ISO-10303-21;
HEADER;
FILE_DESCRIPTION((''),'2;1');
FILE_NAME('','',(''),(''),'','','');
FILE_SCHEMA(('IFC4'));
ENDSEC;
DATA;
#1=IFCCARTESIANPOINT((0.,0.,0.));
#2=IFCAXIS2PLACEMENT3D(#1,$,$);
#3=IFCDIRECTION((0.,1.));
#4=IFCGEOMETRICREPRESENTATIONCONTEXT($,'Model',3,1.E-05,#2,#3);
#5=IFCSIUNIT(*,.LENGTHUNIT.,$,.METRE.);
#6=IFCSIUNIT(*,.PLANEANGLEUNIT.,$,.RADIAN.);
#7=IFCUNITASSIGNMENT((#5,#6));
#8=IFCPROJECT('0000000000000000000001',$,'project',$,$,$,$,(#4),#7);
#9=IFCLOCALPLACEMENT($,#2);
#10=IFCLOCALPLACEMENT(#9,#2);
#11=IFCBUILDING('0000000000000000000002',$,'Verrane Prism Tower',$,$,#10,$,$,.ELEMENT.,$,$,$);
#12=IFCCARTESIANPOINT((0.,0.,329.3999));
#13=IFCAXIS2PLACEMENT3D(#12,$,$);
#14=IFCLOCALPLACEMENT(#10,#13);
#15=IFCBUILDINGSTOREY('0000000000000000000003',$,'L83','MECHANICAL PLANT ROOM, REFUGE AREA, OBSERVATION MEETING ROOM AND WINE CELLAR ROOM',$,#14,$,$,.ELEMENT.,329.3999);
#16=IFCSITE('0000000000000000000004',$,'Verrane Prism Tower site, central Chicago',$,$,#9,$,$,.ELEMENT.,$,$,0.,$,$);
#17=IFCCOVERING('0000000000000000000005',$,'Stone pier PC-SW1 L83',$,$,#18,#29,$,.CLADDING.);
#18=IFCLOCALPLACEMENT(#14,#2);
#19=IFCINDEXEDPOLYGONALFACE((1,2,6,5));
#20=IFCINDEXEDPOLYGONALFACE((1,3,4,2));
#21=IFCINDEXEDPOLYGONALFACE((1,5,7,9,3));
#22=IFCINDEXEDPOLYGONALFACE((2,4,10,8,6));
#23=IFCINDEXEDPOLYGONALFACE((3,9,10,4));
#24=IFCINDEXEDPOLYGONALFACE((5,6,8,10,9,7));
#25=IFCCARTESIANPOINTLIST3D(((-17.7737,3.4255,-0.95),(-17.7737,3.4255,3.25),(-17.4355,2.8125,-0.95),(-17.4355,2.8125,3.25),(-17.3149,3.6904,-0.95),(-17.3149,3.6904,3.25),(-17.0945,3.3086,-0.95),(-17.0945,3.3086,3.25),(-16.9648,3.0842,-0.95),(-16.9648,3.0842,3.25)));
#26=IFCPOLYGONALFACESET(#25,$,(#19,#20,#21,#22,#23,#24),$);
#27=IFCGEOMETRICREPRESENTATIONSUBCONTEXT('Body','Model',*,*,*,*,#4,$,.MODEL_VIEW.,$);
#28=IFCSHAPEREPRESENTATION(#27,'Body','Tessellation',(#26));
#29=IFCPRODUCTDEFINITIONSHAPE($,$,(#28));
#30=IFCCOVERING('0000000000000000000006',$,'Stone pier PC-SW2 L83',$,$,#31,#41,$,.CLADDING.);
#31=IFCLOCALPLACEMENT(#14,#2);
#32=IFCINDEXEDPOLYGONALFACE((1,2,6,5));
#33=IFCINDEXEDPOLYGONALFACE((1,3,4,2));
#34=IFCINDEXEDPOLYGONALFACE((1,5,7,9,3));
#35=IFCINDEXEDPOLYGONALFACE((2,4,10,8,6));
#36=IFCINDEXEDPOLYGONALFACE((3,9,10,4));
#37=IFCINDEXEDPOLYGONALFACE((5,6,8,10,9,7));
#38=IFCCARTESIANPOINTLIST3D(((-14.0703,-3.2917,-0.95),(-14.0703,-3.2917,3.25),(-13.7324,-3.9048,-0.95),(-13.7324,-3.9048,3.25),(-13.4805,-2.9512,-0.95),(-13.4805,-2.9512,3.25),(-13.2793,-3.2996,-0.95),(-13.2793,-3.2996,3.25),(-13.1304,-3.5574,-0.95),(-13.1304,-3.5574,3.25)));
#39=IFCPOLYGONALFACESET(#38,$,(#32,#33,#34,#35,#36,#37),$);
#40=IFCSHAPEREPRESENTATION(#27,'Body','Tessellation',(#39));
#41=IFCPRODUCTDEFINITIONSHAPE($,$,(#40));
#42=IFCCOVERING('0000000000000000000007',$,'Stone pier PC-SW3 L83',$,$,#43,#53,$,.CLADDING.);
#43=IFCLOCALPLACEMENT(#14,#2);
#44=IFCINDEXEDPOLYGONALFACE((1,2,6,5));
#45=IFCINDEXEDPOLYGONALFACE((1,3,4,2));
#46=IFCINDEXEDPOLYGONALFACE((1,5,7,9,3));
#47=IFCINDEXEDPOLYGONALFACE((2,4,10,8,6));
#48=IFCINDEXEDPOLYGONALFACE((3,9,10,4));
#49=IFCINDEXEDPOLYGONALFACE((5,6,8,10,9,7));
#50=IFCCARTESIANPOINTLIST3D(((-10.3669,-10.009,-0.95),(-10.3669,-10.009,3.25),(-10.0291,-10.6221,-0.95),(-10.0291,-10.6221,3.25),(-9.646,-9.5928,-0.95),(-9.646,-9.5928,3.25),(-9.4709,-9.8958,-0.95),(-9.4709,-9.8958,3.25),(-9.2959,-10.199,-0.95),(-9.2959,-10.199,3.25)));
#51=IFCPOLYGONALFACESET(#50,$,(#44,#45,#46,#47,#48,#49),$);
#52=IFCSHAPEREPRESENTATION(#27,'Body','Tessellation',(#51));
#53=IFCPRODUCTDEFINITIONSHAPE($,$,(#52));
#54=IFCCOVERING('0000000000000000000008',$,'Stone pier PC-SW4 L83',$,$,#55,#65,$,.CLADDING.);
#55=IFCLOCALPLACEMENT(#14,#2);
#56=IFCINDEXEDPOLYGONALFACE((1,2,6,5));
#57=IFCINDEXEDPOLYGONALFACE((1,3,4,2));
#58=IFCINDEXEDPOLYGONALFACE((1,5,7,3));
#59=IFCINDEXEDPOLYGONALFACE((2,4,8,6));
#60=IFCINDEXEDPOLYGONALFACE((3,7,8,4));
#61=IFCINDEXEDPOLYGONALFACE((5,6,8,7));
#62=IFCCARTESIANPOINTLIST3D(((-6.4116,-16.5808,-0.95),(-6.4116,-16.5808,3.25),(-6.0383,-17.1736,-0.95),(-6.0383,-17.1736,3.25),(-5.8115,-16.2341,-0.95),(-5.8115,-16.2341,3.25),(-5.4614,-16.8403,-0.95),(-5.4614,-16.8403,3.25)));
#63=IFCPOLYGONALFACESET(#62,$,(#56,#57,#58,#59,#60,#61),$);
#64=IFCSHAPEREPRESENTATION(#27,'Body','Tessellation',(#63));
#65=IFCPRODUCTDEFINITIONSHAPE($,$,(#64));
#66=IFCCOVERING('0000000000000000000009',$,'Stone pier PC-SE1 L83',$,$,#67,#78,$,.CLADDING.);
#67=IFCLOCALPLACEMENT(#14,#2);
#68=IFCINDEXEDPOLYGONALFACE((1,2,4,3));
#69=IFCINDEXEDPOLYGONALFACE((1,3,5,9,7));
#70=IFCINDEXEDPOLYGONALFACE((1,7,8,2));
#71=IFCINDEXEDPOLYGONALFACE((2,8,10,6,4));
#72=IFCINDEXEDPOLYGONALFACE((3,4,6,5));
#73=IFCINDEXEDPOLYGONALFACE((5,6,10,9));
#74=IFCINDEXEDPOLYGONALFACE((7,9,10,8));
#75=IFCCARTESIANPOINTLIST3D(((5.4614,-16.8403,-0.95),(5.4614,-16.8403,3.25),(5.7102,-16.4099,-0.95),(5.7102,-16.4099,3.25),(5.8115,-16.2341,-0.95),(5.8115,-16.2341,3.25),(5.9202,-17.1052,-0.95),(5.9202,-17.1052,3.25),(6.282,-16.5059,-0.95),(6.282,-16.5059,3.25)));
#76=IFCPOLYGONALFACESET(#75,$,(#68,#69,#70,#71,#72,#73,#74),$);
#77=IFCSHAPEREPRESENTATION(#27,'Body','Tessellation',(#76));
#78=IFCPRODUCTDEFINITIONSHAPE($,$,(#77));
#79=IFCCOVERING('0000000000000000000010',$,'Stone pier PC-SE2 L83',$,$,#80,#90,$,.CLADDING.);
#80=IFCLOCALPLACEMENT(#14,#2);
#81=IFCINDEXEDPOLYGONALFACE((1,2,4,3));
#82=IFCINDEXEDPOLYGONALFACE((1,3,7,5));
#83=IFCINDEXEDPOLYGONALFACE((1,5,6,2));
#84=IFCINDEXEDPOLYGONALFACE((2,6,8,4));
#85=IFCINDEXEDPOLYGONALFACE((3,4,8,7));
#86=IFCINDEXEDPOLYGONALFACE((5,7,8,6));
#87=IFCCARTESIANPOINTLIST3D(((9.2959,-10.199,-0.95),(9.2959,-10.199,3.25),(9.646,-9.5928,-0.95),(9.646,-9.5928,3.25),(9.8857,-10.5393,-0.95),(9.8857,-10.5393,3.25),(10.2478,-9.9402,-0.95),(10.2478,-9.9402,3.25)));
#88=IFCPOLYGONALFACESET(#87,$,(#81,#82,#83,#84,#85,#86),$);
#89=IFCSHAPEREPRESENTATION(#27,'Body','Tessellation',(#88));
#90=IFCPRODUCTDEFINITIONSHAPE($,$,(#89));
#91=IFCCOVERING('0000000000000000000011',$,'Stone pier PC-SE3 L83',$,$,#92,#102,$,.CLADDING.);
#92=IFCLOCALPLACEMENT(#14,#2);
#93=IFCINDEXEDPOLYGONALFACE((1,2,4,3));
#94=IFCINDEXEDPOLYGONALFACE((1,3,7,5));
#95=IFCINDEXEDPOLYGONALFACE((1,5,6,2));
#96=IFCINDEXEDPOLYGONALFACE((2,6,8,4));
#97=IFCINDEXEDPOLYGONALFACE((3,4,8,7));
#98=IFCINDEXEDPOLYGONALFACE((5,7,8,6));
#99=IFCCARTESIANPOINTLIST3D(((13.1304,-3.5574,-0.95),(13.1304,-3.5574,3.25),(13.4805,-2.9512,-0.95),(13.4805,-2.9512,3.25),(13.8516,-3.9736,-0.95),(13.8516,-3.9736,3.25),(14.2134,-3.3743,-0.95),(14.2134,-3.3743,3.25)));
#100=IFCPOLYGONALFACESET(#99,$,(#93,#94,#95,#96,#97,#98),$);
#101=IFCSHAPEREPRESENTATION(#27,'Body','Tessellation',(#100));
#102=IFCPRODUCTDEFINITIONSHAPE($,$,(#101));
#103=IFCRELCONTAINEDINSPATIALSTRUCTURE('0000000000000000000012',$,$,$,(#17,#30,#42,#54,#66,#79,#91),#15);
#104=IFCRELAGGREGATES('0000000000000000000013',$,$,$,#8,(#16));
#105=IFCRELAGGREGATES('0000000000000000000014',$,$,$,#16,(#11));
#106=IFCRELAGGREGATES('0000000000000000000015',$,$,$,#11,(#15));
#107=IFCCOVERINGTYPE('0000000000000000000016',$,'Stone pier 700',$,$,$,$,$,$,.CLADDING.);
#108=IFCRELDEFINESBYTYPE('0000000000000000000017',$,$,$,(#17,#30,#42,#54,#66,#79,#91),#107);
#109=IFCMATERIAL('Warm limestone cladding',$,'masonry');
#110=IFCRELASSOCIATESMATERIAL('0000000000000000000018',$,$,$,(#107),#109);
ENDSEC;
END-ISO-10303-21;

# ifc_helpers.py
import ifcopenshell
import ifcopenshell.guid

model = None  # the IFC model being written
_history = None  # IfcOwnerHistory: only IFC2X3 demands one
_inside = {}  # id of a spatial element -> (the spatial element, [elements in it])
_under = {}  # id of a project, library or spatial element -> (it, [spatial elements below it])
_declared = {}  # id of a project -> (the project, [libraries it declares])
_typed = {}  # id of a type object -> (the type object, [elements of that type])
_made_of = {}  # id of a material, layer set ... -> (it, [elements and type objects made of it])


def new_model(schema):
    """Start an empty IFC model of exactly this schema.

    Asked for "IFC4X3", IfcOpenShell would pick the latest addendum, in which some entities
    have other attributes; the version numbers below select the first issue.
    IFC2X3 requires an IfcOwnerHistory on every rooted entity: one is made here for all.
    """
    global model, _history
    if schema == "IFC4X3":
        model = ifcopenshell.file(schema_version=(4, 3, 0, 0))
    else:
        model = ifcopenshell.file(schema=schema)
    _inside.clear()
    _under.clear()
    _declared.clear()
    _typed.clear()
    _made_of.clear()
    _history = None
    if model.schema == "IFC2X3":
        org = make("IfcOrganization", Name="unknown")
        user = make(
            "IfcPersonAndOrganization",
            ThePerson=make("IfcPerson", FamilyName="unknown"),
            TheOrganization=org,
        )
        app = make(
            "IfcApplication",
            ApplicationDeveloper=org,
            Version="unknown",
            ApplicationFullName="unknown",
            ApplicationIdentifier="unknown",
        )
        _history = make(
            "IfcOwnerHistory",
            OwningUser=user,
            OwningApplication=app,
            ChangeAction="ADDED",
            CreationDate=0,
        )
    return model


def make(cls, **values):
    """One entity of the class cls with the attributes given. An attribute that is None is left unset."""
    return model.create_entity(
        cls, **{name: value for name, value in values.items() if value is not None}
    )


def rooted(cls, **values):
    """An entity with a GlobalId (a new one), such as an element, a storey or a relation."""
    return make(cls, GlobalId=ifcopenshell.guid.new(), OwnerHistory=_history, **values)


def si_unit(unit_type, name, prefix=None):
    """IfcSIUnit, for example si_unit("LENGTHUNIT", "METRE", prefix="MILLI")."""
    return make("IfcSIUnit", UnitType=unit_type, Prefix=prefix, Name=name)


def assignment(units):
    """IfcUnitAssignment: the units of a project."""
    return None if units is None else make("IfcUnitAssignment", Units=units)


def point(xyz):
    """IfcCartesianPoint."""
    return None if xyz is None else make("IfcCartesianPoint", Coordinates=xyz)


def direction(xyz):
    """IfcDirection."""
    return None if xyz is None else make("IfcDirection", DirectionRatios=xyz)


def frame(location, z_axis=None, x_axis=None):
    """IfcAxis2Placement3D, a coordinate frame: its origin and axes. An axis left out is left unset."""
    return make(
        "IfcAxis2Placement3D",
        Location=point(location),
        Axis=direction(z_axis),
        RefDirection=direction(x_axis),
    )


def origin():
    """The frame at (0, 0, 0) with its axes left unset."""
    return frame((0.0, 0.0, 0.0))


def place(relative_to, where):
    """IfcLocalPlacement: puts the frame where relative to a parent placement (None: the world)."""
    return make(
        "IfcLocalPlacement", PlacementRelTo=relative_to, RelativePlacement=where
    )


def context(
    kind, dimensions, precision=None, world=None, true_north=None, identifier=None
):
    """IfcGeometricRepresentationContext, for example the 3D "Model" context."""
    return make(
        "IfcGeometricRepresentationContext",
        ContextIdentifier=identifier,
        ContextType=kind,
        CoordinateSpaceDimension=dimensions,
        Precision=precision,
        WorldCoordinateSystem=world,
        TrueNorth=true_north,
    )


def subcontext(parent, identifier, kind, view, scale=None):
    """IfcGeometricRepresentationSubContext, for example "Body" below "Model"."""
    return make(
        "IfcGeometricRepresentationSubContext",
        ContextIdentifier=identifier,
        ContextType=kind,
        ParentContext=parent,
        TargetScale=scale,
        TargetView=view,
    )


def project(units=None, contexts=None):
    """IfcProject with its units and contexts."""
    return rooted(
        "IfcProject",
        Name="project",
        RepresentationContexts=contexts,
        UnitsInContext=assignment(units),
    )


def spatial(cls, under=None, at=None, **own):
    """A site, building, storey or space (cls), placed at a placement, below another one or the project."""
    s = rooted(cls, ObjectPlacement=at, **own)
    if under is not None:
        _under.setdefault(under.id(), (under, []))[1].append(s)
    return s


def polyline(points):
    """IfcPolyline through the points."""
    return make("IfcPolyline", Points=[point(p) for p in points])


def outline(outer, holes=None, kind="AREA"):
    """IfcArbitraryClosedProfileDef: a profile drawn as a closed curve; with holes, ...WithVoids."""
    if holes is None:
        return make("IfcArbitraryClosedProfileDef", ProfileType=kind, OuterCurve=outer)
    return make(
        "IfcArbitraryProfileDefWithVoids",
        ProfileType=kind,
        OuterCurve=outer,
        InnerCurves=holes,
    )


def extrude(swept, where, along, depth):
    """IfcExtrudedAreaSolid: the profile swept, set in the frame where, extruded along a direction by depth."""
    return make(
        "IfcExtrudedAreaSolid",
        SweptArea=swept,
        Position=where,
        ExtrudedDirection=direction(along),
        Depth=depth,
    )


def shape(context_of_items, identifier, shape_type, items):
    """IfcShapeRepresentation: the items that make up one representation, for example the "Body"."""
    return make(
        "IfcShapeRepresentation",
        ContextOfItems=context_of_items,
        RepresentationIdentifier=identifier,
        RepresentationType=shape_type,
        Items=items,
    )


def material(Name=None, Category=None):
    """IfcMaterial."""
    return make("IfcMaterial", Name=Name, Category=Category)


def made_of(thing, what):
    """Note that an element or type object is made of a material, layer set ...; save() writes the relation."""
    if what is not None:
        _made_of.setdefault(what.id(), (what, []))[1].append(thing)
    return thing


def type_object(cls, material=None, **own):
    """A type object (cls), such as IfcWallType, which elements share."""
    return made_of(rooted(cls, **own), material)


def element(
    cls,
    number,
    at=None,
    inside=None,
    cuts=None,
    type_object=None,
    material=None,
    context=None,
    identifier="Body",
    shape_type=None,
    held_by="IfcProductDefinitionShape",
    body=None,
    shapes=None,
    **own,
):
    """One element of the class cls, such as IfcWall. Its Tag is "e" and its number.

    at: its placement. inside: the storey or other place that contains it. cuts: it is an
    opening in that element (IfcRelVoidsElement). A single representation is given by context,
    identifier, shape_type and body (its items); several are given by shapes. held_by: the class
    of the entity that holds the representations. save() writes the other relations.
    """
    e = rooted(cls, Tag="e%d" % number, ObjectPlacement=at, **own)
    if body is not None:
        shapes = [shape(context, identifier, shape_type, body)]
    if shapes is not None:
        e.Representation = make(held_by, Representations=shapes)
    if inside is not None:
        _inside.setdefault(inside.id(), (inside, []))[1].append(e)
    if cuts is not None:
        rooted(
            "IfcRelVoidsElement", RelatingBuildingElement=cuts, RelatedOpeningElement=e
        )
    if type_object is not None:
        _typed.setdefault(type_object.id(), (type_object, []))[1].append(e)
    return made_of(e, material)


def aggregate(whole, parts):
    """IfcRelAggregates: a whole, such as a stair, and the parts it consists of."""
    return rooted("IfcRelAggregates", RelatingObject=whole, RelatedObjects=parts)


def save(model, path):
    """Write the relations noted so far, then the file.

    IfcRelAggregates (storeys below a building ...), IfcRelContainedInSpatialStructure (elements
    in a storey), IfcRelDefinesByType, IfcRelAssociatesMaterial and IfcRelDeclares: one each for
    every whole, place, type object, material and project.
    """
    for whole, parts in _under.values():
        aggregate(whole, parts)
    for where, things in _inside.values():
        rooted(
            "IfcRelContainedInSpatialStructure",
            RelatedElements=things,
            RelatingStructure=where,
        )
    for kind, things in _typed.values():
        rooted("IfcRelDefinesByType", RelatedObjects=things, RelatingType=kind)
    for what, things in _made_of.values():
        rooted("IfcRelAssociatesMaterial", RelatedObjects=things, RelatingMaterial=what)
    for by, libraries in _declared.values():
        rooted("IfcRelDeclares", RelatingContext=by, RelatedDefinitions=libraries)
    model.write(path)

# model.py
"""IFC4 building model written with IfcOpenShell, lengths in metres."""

from ifc_helpers import new_model, si_unit, direction, frame, origin, place, context, subcontext, project, spatial, polyline, outline, extrude, material, type_object, element, save


model = new_model("IFC4")

# Units and contexts
model_context = context("Model", 3, precision=1e-05, world=origin(), true_north=direction((0.0, 1.0)))
body_context = subcontext(model_context, "Body", "Model", "MODEL_VIEW")
ifc_project = project(units=[si_unit("LENGTHUNIT", "METRE"), si_unit("PLANEANGLEUNIT", "RADIAN")], contexts=[model_context])

# Site, building, storey
site_placement = place(None, origin())
site = spatial("IfcSite", under=ifc_project, at=site_placement, Name="Verrane Prism Tower site, central Chicago", CompositionType="ELEMENT", RefElevation=0.0)
building_placement = place(site_placement, origin())
building = spatial("IfcBuilding", under=site, at=building_placement, Name="Verrane Prism Tower", CompositionType="ELEMENT")
storey_placement = place(building_placement, frame((0.0, 0.0, 329.3999)))
storey = spatial("IfcBuildingStorey", under=building, at=storey_placement, Name="L83", Description="MECHANICAL PLANT ROOM, REFUGE AREA, OBSERVATION MEETING ROOM AND WINE CELLAR ROOM", CompositionType="ELEMENT", Elevation=329.3999)

# Coverings
ifc_material_1 = material(Name="Warm limestone cladding", Category="masonry")
covering_type = type_object("IfcCoveringType", Name="Stone pier 700", PredefinedType="CLADDING", material=ifc_material_1)
covering_1_placement = place(storey_placement, frame((0.0, 0.0, -0.95)))
element("IfcCovering", 1, at=covering_1_placement, inside=storey, type_object=covering_type, Name="Stone pier PC-SW1 L83", PredefinedType="CLADDING", context=body_context, shape_type="SweptSolid", body=[
    extrude(outline(polyline([(-16.9648, 3.0842), (-17.0945, 3.3086), (-17.3149, 3.6904), (-17.7737, 3.4255), (-17.4355, 2.8125), (-16.9648, 3.0842)])), origin(), (0.0, 0.0, 1.0), 4.2),
])
covering_2_placement = place(storey_placement, frame((0.0, 0.0, -0.95)))
element("IfcCovering", 2, at=covering_2_placement, inside=storey, type_object=covering_type, Name="Stone pier PC-SW2 L83", PredefinedType="CLADDING", context=body_context, shape_type="SweptSolid", body=[
    extrude(outline(polyline([(-13.1304, -3.5574), (-13.2793, -3.2996), (-13.4805, -2.9512), (-14.0703, -3.2917), (-13.7324, -3.9048), (-13.1304, -3.5574)])), origin(), (0.0, 0.0, 1.0), 4.2),
])
covering_3_placement = place(storey_placement, frame((0.0, 0.0, -0.95)))
element("IfcCovering", 3, at=covering_3_placement, inside=storey, type_object=covering_type, Name="Stone pier PC-SW3 L83", PredefinedType="CLADDING", context=body_context, shape_type="SweptSolid", body=[
    extrude(outline(polyline([(-9.2959, -10.199), (-9.4709, -9.8958), (-9.646, -9.5928), (-10.3669, -10.009), (-10.0291, -10.6221), (-9.2959, -10.199)])), origin(), (0.0, 0.0, 1.0), 4.2),
])
covering_4_placement = place(storey_placement, frame((0.0, 0.0, -0.95)))
element("IfcCovering", 4, at=covering_4_placement, inside=storey, type_object=covering_type, Name="Stone pier PC-SW4 L83", PredefinedType="CLADDING", context=body_context, shape_type="SweptSolid", body=[
    extrude(outline(polyline([(-5.4614, -16.8403), (-5.8115, -16.2341), (-6.4116, -16.5808), (-6.0383, -17.1736), (-5.4614, -16.8403)])), origin(), (0.0, 0.0, 1.0), 4.2),
])
covering_5_placement = place(storey_placement, frame((0.0, 0.0, -0.95)))
element("IfcCovering", 5, at=covering_5_placement, inside=storey, type_object=covering_type, Name="Stone pier PC-SE1 L83", PredefinedType="CLADDING", context=body_context, shape_type="SweptSolid", body=[
    extrude(outline(polyline([(5.8115, -16.2341), (5.7102, -16.4099), (5.4614, -16.8403), (5.9202, -17.1052), (6.282, -16.5059), (5.8115, -16.2341)])), origin(), (0.0, 0.0, 1.0), 4.2),
])
covering_6_placement = place(storey_placement, frame((0.0, 0.0, -0.95)))
element("IfcCovering", 6, at=covering_6_placement, inside=storey, type_object=covering_type, Name="Stone pier PC-SE2 L83", PredefinedType="CLADDING", context=body_context, shape_type="SweptSolid", body=[
    extrude(outline(polyline([(9.646, -9.5928), (9.2959, -10.199), (9.8857, -10.5393), (10.2478, -9.9402), (9.646, -9.5928)])), origin(), (0.0, 0.0, 1.0), 4.2),
])
covering_7_placement = place(storey_placement, frame((0.0, 0.0, -0.95)))
element("IfcCovering", 7, at=covering_7_placement, inside=storey, type_object=covering_type, Name="Stone pier PC-SE3 L83", PredefinedType="CLADDING", context=body_context, shape_type="SweptSolid", body=[
    extrude(outline(polyline([(13.4805, -2.9512), (13.1304, -3.5574), (13.8516, -3.9736), (14.2134, -3.3743), (13.4805, -2.9512)])), origin(), (0.0, 0.0, 1.0), 4.2),
])

save(model, "model.ifc")
